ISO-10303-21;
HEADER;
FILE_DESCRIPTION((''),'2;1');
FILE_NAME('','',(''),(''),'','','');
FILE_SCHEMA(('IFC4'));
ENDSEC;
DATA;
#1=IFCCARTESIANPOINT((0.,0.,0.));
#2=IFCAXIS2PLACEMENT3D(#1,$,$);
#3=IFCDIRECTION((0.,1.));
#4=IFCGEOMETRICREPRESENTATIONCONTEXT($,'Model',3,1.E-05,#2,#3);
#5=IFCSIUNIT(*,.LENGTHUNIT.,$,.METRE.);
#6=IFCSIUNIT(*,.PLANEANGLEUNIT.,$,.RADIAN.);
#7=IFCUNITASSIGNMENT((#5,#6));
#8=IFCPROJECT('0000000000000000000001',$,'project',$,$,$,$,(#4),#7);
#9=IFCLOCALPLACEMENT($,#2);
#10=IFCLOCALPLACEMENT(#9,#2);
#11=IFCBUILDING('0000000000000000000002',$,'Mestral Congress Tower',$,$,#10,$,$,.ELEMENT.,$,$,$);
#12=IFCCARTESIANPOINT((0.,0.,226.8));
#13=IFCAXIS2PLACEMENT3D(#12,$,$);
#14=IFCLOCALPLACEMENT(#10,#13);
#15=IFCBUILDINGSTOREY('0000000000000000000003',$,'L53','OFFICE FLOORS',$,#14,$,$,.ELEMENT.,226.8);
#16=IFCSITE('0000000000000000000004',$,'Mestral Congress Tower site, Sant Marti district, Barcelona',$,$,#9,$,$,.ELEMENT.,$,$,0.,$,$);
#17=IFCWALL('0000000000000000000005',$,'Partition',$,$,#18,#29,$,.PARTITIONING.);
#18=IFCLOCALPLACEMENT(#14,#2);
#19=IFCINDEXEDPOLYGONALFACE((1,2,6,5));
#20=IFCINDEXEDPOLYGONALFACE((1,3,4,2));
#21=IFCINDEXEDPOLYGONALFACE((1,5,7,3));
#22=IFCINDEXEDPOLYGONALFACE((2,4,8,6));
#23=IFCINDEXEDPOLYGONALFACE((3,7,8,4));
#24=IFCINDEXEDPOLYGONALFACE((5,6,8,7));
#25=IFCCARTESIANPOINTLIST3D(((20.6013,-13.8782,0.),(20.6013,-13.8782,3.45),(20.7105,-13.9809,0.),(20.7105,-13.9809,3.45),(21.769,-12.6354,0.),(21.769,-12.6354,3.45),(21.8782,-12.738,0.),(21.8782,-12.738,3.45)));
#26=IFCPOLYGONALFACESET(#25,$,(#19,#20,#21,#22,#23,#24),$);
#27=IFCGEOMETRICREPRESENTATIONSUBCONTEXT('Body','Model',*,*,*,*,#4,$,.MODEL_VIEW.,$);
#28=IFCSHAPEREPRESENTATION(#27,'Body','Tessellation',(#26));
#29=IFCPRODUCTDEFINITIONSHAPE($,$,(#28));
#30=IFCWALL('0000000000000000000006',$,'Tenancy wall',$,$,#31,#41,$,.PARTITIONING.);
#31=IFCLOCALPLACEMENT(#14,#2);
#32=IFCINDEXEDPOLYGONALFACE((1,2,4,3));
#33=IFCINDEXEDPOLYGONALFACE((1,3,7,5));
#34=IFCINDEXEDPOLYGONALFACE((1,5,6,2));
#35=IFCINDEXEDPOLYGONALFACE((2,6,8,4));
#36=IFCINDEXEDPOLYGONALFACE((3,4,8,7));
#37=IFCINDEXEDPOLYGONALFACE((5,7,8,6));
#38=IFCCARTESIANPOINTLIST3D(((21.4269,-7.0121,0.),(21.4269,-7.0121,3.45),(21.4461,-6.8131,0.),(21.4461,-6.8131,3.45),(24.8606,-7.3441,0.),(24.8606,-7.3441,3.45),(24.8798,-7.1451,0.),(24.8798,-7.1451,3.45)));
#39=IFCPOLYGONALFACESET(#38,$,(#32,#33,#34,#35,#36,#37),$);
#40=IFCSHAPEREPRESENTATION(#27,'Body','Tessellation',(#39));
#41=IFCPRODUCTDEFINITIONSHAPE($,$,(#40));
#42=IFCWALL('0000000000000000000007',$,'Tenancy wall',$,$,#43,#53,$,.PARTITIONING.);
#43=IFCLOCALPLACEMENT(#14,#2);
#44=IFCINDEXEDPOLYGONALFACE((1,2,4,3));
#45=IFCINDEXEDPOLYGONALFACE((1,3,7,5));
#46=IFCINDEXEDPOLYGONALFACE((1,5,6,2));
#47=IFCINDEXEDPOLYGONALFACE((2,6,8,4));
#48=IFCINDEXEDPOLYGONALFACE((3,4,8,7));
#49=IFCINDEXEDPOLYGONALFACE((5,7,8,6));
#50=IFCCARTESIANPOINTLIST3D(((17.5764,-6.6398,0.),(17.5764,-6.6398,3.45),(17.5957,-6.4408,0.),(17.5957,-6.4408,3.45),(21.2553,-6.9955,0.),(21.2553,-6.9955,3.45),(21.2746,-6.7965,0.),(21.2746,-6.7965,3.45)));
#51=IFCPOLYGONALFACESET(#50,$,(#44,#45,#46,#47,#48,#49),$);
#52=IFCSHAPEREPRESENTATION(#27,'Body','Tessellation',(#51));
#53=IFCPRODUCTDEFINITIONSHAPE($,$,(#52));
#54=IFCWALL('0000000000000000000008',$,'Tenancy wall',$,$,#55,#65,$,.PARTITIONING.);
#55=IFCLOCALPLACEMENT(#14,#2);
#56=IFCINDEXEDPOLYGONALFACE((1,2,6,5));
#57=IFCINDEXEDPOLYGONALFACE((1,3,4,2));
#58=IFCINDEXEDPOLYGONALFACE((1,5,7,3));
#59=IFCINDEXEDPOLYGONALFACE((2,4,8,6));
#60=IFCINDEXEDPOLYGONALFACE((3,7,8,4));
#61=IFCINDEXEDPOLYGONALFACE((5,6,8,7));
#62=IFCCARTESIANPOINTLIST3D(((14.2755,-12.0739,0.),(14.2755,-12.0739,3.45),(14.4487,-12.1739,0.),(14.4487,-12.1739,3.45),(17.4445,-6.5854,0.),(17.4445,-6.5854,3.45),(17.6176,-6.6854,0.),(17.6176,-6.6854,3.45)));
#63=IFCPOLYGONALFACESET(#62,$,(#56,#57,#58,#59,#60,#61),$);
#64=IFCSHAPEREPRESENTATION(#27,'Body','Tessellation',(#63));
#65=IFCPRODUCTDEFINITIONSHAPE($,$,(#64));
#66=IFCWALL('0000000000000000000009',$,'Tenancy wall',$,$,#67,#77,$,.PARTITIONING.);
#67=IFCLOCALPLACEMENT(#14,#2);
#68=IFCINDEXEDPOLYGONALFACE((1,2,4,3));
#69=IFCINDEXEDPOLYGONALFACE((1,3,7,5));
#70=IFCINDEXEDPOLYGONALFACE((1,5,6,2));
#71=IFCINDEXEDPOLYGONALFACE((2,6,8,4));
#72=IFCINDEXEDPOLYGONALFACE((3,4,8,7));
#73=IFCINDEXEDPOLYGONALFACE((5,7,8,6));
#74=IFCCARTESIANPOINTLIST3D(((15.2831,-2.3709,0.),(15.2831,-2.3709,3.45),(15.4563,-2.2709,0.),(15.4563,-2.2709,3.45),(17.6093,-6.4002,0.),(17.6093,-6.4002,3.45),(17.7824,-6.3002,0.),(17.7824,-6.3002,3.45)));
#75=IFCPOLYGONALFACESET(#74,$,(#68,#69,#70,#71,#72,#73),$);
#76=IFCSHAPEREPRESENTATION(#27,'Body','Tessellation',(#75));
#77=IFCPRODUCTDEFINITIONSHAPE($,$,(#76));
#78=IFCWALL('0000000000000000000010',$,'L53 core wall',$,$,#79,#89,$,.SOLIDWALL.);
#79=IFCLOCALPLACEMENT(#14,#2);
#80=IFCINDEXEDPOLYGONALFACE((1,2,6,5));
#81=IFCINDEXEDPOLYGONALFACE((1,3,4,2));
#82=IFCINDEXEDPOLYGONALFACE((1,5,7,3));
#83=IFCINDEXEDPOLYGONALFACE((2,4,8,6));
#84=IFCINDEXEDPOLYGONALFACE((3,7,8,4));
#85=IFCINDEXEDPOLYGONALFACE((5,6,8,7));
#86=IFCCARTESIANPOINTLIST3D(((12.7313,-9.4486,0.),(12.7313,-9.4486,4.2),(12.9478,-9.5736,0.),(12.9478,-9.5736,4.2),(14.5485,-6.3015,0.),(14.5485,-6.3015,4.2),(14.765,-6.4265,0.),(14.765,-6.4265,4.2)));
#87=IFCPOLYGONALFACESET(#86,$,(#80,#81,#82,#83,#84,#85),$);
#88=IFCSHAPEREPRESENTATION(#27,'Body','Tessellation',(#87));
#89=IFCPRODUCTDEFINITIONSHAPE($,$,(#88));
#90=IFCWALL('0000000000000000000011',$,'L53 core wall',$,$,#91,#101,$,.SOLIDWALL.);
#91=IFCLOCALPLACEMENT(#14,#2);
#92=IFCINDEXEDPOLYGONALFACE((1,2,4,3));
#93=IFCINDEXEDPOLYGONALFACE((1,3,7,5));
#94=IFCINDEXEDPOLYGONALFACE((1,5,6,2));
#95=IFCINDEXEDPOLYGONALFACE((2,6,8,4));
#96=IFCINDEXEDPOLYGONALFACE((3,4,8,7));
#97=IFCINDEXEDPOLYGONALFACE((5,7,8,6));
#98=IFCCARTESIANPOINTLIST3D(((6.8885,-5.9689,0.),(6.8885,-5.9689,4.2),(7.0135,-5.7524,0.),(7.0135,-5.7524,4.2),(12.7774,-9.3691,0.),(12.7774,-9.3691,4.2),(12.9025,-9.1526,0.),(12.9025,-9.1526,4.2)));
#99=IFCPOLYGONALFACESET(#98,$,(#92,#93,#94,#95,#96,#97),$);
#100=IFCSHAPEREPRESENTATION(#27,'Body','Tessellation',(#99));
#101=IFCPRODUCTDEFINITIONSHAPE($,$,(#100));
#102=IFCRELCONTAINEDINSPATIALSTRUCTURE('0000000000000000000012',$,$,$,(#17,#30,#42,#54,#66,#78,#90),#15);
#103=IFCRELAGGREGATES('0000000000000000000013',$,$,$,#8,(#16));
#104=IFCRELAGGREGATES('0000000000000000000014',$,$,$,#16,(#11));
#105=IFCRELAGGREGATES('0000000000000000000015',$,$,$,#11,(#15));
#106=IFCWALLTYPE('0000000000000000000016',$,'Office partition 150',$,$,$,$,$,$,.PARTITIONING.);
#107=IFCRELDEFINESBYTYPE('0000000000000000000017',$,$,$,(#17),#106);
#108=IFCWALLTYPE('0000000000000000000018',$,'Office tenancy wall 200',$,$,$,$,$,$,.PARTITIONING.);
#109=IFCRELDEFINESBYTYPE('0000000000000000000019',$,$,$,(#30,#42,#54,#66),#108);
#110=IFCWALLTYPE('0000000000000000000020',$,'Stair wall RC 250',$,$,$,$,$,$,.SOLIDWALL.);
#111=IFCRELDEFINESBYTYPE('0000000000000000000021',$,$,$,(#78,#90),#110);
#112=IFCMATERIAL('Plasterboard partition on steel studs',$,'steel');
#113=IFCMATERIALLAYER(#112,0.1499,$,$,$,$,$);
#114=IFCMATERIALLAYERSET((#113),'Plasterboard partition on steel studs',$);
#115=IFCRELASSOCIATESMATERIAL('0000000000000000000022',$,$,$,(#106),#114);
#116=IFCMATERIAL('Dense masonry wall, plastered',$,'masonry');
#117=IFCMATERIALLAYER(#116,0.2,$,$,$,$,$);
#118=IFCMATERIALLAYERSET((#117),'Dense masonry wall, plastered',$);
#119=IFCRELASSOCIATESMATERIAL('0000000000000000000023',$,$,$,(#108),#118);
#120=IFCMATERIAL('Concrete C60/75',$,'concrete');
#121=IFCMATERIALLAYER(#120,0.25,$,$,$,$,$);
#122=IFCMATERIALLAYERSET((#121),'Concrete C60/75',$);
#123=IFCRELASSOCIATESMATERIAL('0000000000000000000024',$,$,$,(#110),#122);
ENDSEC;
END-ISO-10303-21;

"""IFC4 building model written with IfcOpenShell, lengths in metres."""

from ifc_helpers import new_model, si_unit, direction, frame, frame_2d, origin, place, context, subcontext, project, spatial, rectangle, extrude, material, layer, layer_set, type_object, element, save


model = new_model("IFC4")

# Units and contexts
model_context = context("Model", 3, precision=1e-05, world=origin(), true_north=direction((0.0, 1.0)))
body_context = subcontext(model_context, "Body", "Model", "MODEL_VIEW")
ifc_project = project(units=[si_unit("LENGTHUNIT", "METRE"), si_unit("PLANEANGLEUNIT", "RADIAN")], contexts=[model_context])

# Site, building, storey
site_placement = place(None, origin())
site = spatial("IfcSite", under=ifc_project, at=site_placement, Name="Mestral Congress Tower site, Sant Marti district, Barcelona", CompositionType="ELEMENT", RefElevation=0.0)
building_placement = place(site_placement, origin())
building = spatial("IfcBuilding", under=site, at=building_placement, Name="Mestral Congress Tower", CompositionType="ELEMENT")
storey_placement = place(building_placement, frame((0.0, 0.0, 226.8)))
storey = spatial("IfcBuildingStorey", under=building, at=storey_placement, Name="L53", Description="OFFICE FLOORS", CompositionType="ELEMENT", Elevation=226.8)

# Shared definitions
ifc_material_1 = material(Name="Concrete C60/75", Category="concrete")

# Shared definitions
ifc_material_2 = material(Name="Plasterboard partition on steel studs", Category="steel")
ifc_layer_1 = layer(ifc_material_2, 0.1499)
ifc_layer_set_1 = layer_set([ifc_layer_1], Name="Plasterboard partition on steel studs")
wall_type_1 = type_object("IfcWallType", Name="Office partition 150", PredefinedType="PARTITIONING", material=ifc_layer_set_1)

# Walls
wall_1_placement = place(storey_placement, frame((20.656, -13.9294, 0.0), z_axis=(0.0, 0.0, 1.0), x_axis=(0.684717, 0.728809, 0.0)))
element("IfcWall", 1, at=wall_1_placement, inside=storey, type_object=wall_type_1, Name="Partition", PredefinedType="PARTITIONING", context=body_context, shape_type="SweptSolid", body=[
    extrude(rectangle(XDim=1.7053, YDim=0.1499, at=frame_2d((0.8525, 0.0))), origin(), (0.0, 0.0, 1.0), 3.45),
])
ifc_material_3 = material(Name="Dense masonry wall, plastered", Category="masonry")
ifc_layer_2 = layer(ifc_material_3, 0.2)
ifc_layer_set_2 = layer_set([ifc_layer_2], Name="Dense masonry wall, plastered")
wall_type_2 = type_object("IfcWallType", Name="Office tenancy wall 200", PredefinedType="PARTITIONING", material=ifc_layer_set_2)
wall_2_placement = place(storey_placement, frame((21.4365, -6.9126, 0.0), z_axis=(0.0, 0.0, 1.0), x_axis=(0.995357, -0.096252, 0.0)))
element("IfcWall", 2, at=wall_2_placement, inside=storey, type_object=wall_type_2, Name="Tenancy wall", PredefinedType="PARTITIONING", context=body_context, shape_type="SweptSolid", body=[
    extrude(rectangle(XDim=3.4497, YDim=0.2, at=frame_2d((1.7249, 0.0))), origin(), (0.0, 0.0, 1.0), 3.45),
])
wall_3_placement = place(storey_placement, frame((17.5859, -6.5403, 0.0), z_axis=(0.0, 0.0, 1.0), x_axis=(0.995358, -0.09624, 0.0)))
element("IfcWall", 3, at=wall_3_placement, inside=storey, type_object=wall_type_2, Name="Tenancy wall", PredefinedType="PARTITIONING", context=body_context, shape_type="SweptSolid", body=[
    extrude(rectangle(XDim=3.696, YDim=0.2, at=frame_2d((1.8481, 0.0))), origin(), (0.0, 0.0, 1.0), 3.45),
])
wall_4_placement = place(storey_placement, frame((14.3621, -12.124, 0.0), z_axis=(0.0, 0.0, 1.0), x_axis=(0.500017, 0.866016, 0.0)))
element("IfcWall", 4, at=wall_4_placement, inside=storey, type_object=wall_type_2, Name="Tenancy wall", PredefinedType="PARTITIONING", context=body_context, shape_type="SweptSolid", body=[
    extrude(rectangle(XDim=6.3376, YDim=0.2, at=frame_2d((3.1689, 0.0))), origin(), (0.0, 0.0, 1.0), 3.45),
])
wall_5_placement = place(storey_placement, frame((17.6958, -6.3501, 0.0), z_axis=(0.0, 0.0, 1.0), x_axis=(-0.499977, 0.866039, 0.0)))
element("IfcWall", 5, at=wall_5_placement, inside=storey, type_object=wall_type_2, Name="Tenancy wall", PredefinedType="PARTITIONING", context=body_context, shape_type="SweptSolid", body=[
    extrude(rectangle(XDim=4.6526, YDim=0.2, at=frame_2d((2.3262, 0.0))), origin(), (0.0, 0.0, 1.0), 3.45),
])
ifc_layer_3 = layer(ifc_material_1, 0.25)
ifc_layer_set_3 = layer_set([ifc_layer_3], Name="Concrete C60/75")
wall_type_3 = type_object("IfcWallType", Name="Stair wall RC 250", PredefinedType="SOLIDWALL", material=ifc_layer_set_3)
wall_6_placement = place(storey_placement, frame((12.8396, -9.511, 0.0), z_axis=(0.0, 0.0, 1.0), x_axis=(0.500048, 0.865998, 0.0)))
element("IfcWall", 6, at=wall_6_placement, inside=storey, type_object=wall_type_3, Name="L53 core wall", PredefinedType="SOLIDWALL", context=body_context, shape_type="SweptSolid", body=[
    extrude(rectangle(XDim=3.634, YDim=0.25, at=frame_2d((1.8169, 0.0))), origin(), (0.0, 0.0, 1.0), 4.2),
])
wall_7_placement = place(storey_placement, frame((12.8398, -9.2607, 0.0), z_axis=(0.0, 0.0, 1.0), x_axis=(-0.866014, 0.50002, 0.0)))
element("IfcWall", 7, at=wall_7_placement, inside=storey, type_object=wall_type_3, Name="L53 core wall", PredefinedType="SOLIDWALL", context=body_context, shape_type="SweptSolid", body=[
    extrude(rectangle(XDim=6.8, YDim=0.25, at=frame_2d((3.3999, 0.0))), origin(), (0.0, 0.0, 1.0), 4.2),
])

save(model, "model.ifc")
